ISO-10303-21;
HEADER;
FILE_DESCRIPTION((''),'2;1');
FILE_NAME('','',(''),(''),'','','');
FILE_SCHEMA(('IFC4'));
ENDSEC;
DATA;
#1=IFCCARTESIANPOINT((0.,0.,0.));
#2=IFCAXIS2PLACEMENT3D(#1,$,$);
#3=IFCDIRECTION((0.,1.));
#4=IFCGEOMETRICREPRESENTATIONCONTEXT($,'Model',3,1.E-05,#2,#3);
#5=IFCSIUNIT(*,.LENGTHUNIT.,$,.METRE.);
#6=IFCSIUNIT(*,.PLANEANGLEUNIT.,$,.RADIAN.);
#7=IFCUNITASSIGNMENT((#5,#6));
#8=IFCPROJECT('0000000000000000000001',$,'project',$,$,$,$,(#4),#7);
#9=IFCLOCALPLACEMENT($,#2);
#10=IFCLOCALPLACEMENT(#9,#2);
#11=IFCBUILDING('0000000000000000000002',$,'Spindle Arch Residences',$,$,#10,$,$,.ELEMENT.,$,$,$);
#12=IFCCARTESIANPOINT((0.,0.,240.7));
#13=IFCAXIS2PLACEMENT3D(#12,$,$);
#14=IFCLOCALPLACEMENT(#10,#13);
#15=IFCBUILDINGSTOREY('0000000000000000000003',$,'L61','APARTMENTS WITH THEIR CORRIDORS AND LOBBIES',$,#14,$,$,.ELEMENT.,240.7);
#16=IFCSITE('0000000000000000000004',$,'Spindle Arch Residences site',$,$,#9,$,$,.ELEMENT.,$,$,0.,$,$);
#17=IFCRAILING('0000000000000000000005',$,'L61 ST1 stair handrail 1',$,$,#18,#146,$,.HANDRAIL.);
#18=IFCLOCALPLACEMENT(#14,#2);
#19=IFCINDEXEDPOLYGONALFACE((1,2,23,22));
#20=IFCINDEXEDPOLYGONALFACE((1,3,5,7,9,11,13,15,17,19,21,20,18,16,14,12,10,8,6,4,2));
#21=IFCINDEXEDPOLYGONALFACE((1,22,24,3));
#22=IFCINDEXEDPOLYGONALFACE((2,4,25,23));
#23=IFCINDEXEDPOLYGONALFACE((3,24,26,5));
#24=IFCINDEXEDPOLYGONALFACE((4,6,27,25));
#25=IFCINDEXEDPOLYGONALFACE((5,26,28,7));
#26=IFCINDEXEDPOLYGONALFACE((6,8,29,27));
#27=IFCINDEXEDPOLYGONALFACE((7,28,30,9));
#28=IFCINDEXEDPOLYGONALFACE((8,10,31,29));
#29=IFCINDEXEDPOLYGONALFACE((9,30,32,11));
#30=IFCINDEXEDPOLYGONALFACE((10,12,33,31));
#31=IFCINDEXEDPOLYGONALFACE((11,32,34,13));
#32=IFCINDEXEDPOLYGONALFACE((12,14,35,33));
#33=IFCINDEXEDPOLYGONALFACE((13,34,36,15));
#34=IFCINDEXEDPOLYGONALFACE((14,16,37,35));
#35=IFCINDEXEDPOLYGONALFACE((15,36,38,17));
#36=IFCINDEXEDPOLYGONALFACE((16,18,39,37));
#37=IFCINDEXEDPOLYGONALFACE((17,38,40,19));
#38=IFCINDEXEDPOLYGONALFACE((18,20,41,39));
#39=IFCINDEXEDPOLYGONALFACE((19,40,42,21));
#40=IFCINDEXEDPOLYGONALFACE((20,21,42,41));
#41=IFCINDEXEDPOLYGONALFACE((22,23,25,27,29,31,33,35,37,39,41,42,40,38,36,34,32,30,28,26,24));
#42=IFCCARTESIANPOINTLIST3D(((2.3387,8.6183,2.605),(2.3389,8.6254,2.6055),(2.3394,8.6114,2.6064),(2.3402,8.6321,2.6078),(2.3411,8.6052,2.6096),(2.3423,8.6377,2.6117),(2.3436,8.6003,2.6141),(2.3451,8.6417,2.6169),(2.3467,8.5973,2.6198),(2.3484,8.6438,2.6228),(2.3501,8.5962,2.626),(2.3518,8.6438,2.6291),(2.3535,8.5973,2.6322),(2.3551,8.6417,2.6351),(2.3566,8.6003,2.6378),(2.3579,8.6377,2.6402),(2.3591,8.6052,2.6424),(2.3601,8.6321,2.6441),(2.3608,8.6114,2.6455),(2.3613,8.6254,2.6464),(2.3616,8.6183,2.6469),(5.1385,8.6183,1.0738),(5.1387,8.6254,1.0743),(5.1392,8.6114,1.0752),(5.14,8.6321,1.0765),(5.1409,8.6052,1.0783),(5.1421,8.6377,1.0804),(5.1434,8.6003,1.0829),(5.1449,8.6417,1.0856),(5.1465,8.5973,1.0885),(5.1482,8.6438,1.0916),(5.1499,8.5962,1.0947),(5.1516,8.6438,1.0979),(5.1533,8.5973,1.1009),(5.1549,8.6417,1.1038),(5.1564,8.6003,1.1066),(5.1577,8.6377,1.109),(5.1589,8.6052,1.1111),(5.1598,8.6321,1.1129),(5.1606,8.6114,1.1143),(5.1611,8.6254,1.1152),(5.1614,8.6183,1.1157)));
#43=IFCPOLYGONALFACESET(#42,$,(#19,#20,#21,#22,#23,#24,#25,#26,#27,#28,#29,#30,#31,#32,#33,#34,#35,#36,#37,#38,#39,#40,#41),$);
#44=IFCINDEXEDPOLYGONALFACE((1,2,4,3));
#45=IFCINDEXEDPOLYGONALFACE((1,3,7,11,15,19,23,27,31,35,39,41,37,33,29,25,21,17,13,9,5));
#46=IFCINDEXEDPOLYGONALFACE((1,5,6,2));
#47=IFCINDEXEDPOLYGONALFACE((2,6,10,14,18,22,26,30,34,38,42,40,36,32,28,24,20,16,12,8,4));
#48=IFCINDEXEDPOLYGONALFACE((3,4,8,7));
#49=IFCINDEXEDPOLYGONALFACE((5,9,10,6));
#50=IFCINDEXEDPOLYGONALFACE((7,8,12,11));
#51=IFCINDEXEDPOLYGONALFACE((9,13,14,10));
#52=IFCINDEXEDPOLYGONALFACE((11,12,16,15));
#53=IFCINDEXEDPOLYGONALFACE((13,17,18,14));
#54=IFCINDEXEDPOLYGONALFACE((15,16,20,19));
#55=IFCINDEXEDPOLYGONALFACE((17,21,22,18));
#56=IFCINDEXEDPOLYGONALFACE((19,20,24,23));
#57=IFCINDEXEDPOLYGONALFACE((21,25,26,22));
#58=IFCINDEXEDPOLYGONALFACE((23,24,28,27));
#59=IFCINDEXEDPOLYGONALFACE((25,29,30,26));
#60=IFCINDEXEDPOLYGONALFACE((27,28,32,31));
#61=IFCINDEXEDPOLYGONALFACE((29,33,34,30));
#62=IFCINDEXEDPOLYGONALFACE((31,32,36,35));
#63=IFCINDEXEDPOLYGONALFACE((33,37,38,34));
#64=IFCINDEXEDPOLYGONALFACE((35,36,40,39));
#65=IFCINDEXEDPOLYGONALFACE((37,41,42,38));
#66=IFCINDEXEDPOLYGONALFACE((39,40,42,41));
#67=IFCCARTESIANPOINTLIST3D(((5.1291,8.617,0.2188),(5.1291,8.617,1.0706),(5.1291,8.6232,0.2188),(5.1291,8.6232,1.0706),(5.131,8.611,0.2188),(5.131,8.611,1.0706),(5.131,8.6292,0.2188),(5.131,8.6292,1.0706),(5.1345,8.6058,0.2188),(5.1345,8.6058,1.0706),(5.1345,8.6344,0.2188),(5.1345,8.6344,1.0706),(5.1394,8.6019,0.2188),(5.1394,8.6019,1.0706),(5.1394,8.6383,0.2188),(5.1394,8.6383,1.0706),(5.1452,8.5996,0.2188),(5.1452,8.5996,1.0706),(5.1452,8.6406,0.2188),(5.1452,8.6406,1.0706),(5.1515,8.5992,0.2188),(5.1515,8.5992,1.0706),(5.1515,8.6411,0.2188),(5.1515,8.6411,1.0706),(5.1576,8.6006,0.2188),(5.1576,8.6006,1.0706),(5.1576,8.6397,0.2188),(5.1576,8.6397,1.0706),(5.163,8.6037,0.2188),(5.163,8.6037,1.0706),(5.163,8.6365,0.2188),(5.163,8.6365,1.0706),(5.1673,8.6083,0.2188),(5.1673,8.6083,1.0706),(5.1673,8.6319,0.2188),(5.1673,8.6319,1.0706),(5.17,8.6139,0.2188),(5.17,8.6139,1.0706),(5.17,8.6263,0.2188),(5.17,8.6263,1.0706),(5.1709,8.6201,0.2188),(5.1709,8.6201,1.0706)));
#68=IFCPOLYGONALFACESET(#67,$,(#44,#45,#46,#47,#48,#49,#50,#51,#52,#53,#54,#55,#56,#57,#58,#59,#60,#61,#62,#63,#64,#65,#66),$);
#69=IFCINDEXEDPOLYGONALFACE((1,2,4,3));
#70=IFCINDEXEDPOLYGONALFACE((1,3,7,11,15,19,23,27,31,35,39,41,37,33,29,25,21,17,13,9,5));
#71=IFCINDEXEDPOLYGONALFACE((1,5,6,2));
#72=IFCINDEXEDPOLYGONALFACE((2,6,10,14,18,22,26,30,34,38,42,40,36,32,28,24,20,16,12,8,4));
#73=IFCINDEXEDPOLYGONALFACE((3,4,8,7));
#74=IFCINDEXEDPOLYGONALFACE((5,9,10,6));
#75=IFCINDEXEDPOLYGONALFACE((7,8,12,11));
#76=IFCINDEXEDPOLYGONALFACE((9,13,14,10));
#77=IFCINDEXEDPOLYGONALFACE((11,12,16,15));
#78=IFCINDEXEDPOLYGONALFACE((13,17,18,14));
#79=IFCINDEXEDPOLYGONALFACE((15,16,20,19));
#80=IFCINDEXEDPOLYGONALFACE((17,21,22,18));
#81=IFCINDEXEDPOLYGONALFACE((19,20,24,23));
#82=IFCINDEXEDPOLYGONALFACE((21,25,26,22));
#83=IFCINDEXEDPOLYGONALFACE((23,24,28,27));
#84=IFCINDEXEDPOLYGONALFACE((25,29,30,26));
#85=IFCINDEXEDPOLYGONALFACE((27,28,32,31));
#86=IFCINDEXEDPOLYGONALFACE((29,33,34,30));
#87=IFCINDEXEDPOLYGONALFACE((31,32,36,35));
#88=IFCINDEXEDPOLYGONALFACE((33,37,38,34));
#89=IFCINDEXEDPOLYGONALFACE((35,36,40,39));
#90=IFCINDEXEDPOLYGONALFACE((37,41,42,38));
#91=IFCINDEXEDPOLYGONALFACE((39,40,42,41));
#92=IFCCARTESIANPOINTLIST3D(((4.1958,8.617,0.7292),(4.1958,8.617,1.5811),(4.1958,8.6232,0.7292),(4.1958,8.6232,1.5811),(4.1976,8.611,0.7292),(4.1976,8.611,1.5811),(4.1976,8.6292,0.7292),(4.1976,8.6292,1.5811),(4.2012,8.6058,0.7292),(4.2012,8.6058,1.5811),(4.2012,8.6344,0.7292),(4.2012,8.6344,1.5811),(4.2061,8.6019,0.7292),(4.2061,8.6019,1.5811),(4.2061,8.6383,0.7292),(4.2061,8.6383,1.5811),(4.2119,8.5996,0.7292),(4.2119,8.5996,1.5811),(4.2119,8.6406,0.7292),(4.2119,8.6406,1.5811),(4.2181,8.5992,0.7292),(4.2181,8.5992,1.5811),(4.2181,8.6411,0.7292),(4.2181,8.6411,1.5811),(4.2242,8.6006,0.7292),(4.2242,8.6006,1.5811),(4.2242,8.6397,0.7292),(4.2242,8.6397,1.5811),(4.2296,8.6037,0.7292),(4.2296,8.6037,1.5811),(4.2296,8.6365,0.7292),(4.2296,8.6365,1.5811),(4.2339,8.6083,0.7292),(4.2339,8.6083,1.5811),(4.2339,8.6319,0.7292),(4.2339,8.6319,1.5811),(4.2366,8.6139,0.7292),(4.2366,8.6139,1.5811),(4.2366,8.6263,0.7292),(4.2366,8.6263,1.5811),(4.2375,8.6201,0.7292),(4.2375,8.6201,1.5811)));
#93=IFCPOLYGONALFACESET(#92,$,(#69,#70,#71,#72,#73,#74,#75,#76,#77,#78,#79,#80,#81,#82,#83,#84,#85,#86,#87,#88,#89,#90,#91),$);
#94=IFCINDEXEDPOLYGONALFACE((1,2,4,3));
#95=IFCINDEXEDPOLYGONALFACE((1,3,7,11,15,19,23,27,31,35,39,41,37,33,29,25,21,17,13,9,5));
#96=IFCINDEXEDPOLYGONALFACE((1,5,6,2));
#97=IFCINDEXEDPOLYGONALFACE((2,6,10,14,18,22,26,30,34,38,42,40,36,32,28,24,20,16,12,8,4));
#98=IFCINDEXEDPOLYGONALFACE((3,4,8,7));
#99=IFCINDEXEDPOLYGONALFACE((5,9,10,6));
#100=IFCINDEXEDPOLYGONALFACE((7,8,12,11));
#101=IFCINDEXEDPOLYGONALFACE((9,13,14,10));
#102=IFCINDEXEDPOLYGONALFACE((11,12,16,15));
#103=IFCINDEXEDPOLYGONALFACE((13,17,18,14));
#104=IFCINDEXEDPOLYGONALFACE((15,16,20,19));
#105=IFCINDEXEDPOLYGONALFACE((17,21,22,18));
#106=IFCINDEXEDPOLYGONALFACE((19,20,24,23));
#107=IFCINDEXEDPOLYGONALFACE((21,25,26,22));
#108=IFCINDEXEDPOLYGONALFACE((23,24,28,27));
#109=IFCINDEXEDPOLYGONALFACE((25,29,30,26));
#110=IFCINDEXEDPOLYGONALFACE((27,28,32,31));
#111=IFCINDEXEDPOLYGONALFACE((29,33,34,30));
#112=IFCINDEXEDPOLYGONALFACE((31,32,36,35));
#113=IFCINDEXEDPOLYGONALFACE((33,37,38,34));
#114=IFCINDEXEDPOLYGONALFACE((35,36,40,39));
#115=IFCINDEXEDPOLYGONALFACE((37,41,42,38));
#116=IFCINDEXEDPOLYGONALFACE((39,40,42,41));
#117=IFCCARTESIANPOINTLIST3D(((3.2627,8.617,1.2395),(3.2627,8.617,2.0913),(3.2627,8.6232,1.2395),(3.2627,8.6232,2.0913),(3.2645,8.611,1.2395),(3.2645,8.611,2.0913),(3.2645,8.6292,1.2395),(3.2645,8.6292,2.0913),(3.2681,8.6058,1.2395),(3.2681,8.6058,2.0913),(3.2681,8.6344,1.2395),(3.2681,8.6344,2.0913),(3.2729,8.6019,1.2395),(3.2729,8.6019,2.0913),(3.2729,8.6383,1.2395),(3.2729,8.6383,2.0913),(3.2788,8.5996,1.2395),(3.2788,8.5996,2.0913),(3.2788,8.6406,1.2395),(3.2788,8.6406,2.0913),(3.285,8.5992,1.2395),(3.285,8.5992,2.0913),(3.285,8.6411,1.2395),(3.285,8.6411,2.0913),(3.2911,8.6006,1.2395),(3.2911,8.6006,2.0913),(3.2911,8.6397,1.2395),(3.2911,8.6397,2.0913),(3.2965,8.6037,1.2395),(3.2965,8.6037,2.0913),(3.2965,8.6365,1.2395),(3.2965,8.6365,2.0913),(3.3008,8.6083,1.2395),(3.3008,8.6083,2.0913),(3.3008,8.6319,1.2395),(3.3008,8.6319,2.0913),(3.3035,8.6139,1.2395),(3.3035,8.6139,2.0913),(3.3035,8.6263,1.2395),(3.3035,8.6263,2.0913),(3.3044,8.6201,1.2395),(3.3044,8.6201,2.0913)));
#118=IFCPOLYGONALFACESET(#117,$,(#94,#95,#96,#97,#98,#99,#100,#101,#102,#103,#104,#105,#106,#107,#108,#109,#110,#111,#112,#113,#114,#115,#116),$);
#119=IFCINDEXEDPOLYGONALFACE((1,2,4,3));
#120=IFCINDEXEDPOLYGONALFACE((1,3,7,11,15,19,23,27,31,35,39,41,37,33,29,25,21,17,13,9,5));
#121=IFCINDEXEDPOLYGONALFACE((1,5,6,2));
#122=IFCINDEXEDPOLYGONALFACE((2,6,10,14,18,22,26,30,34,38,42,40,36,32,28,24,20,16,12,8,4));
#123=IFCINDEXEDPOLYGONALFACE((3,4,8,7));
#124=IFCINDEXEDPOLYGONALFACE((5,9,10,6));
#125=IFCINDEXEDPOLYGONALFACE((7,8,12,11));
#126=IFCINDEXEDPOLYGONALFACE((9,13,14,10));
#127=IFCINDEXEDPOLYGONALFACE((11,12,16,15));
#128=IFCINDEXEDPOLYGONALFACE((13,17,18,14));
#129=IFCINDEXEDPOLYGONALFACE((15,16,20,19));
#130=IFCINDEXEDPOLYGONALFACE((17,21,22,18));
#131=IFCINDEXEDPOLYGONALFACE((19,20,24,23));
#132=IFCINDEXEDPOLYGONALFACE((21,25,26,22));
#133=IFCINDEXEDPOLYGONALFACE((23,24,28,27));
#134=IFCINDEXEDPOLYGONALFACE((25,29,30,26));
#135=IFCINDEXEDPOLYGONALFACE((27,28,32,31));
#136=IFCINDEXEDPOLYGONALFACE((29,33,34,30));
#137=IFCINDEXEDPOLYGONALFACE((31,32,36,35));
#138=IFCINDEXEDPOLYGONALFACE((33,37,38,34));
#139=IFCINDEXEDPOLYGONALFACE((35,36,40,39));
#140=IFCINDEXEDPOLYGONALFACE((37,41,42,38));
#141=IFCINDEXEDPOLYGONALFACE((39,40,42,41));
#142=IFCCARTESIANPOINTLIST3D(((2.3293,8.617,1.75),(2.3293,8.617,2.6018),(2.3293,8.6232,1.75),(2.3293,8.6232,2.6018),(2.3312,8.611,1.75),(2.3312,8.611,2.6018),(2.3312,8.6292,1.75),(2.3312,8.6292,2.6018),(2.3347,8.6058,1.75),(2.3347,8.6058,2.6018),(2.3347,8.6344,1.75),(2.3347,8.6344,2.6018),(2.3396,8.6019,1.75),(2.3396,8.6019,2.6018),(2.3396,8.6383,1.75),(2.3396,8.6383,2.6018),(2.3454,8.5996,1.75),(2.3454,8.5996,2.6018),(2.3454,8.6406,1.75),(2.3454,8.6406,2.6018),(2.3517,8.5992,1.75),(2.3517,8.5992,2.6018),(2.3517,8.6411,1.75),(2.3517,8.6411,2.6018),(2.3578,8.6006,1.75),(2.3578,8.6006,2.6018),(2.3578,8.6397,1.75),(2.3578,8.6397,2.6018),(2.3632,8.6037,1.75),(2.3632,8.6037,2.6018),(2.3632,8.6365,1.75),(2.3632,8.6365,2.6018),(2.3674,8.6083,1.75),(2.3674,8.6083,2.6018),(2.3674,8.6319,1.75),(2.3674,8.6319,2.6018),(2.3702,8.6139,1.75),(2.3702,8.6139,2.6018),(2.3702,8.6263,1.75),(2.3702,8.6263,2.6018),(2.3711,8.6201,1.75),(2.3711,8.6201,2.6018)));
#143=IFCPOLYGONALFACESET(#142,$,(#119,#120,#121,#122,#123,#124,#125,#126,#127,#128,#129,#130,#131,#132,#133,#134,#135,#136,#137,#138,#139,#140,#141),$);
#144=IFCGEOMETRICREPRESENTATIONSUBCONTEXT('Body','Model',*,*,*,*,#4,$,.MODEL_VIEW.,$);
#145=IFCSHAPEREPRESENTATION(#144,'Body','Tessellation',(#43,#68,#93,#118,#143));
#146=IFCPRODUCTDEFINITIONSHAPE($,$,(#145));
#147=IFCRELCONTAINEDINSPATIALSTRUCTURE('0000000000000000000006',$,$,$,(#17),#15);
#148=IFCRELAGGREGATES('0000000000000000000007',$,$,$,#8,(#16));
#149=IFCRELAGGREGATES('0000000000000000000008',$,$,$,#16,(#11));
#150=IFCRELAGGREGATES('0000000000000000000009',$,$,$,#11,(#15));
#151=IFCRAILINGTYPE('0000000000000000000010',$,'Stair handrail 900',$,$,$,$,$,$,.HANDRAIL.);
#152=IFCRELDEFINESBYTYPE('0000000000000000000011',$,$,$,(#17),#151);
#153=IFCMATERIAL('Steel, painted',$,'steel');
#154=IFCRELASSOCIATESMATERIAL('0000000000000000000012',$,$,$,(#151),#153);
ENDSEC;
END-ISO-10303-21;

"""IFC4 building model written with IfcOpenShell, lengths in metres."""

from ifc_helpers import new_model, si_unit, direction, frame, origin, origin_2d, place, context, subcontext, project, spatial, circle, extrude, material, type_object, element, save


model = new_model("IFC4")

# Units and contexts
model_context = context("Model", 3, precision=1e-05, world=origin(), true_north=direction((0.0, 1.0)))
body_context = subcontext(model_context, "Body", "Model", "MODEL_VIEW")
ifc_project = project(units=[si_unit("LENGTHUNIT", "METRE"), si_unit("PLANEANGLEUNIT", "RADIAN")], contexts=[model_context])

# Site, building, storey
site_placement = place(None, origin())
site = spatial("IfcSite", under=ifc_project, at=site_placement, Name="Spindle Arch Residences site", CompositionType="ELEMENT", RefElevation=0.0)
building_placement = place(site_placement, origin())
building = spatial("IfcBuilding", under=site, at=building_placement, Name="Spindle Arch Residences", CompositionType="ELEMENT")
storey_placement = place(building_placement, frame((0.0, 0.0, 240.7)))
storey = spatial("IfcBuildingStorey", under=building, at=storey_placement, Name="L61", Description="APARTMENTS WITH THEIR CORRIDORS AND LOBBIES", CompositionType="ELEMENT", Elevation=240.7)

# Railing
ifc_material_1 = material(Name="Steel, painted", Category="steel")
railing_type = type_object("IfcRailingType", Name="Stair handrail 900", PredefinedType="HANDRAIL", material=ifc_material_1)
railing_placement = place(storey_placement, frame((5.1499, 8.6201, 0.2188)))
element("IfcRailing", 1, at=railing_placement, inside=storey, type_object=railing_type, Name="L61 ST1 stair handrail 1", PredefinedType="HANDRAIL", context=body_context, shape_type="SweptSolid", body=[
    extrude(circle(Radius=0.0239, at=origin_2d()), frame((0.0, 0.0, 0.876), z_axis=(-0.877357, 0.0, 0.479838), x_axis=(0.0, -1.0, 0.0)), (0.0, 0.0, 1.0), 3.1912),
    extrude(circle(Radius=0.021, at=origin_2d()), origin(), (0.0, 0.0, 1.0), 0.8518),
    extrude(circle(Radius=0.021, at=origin_2d()), frame((-0.9333, 0.0, 0.5105)), (0.0, 0.0, 1.0), 0.8518),
    extrude(circle(Radius=0.021, at=origin_2d()), frame((-1.8665, 0.0, 1.0208)), (0.0, 0.0, 1.0), 0.8518),
    extrude(circle(Radius=0.021, at=origin_2d()), frame((-2.7998, 0.0, 1.5312)), (0.0, 0.0, 1.0), 0.8518),
])

save(model, "model.ifc")
